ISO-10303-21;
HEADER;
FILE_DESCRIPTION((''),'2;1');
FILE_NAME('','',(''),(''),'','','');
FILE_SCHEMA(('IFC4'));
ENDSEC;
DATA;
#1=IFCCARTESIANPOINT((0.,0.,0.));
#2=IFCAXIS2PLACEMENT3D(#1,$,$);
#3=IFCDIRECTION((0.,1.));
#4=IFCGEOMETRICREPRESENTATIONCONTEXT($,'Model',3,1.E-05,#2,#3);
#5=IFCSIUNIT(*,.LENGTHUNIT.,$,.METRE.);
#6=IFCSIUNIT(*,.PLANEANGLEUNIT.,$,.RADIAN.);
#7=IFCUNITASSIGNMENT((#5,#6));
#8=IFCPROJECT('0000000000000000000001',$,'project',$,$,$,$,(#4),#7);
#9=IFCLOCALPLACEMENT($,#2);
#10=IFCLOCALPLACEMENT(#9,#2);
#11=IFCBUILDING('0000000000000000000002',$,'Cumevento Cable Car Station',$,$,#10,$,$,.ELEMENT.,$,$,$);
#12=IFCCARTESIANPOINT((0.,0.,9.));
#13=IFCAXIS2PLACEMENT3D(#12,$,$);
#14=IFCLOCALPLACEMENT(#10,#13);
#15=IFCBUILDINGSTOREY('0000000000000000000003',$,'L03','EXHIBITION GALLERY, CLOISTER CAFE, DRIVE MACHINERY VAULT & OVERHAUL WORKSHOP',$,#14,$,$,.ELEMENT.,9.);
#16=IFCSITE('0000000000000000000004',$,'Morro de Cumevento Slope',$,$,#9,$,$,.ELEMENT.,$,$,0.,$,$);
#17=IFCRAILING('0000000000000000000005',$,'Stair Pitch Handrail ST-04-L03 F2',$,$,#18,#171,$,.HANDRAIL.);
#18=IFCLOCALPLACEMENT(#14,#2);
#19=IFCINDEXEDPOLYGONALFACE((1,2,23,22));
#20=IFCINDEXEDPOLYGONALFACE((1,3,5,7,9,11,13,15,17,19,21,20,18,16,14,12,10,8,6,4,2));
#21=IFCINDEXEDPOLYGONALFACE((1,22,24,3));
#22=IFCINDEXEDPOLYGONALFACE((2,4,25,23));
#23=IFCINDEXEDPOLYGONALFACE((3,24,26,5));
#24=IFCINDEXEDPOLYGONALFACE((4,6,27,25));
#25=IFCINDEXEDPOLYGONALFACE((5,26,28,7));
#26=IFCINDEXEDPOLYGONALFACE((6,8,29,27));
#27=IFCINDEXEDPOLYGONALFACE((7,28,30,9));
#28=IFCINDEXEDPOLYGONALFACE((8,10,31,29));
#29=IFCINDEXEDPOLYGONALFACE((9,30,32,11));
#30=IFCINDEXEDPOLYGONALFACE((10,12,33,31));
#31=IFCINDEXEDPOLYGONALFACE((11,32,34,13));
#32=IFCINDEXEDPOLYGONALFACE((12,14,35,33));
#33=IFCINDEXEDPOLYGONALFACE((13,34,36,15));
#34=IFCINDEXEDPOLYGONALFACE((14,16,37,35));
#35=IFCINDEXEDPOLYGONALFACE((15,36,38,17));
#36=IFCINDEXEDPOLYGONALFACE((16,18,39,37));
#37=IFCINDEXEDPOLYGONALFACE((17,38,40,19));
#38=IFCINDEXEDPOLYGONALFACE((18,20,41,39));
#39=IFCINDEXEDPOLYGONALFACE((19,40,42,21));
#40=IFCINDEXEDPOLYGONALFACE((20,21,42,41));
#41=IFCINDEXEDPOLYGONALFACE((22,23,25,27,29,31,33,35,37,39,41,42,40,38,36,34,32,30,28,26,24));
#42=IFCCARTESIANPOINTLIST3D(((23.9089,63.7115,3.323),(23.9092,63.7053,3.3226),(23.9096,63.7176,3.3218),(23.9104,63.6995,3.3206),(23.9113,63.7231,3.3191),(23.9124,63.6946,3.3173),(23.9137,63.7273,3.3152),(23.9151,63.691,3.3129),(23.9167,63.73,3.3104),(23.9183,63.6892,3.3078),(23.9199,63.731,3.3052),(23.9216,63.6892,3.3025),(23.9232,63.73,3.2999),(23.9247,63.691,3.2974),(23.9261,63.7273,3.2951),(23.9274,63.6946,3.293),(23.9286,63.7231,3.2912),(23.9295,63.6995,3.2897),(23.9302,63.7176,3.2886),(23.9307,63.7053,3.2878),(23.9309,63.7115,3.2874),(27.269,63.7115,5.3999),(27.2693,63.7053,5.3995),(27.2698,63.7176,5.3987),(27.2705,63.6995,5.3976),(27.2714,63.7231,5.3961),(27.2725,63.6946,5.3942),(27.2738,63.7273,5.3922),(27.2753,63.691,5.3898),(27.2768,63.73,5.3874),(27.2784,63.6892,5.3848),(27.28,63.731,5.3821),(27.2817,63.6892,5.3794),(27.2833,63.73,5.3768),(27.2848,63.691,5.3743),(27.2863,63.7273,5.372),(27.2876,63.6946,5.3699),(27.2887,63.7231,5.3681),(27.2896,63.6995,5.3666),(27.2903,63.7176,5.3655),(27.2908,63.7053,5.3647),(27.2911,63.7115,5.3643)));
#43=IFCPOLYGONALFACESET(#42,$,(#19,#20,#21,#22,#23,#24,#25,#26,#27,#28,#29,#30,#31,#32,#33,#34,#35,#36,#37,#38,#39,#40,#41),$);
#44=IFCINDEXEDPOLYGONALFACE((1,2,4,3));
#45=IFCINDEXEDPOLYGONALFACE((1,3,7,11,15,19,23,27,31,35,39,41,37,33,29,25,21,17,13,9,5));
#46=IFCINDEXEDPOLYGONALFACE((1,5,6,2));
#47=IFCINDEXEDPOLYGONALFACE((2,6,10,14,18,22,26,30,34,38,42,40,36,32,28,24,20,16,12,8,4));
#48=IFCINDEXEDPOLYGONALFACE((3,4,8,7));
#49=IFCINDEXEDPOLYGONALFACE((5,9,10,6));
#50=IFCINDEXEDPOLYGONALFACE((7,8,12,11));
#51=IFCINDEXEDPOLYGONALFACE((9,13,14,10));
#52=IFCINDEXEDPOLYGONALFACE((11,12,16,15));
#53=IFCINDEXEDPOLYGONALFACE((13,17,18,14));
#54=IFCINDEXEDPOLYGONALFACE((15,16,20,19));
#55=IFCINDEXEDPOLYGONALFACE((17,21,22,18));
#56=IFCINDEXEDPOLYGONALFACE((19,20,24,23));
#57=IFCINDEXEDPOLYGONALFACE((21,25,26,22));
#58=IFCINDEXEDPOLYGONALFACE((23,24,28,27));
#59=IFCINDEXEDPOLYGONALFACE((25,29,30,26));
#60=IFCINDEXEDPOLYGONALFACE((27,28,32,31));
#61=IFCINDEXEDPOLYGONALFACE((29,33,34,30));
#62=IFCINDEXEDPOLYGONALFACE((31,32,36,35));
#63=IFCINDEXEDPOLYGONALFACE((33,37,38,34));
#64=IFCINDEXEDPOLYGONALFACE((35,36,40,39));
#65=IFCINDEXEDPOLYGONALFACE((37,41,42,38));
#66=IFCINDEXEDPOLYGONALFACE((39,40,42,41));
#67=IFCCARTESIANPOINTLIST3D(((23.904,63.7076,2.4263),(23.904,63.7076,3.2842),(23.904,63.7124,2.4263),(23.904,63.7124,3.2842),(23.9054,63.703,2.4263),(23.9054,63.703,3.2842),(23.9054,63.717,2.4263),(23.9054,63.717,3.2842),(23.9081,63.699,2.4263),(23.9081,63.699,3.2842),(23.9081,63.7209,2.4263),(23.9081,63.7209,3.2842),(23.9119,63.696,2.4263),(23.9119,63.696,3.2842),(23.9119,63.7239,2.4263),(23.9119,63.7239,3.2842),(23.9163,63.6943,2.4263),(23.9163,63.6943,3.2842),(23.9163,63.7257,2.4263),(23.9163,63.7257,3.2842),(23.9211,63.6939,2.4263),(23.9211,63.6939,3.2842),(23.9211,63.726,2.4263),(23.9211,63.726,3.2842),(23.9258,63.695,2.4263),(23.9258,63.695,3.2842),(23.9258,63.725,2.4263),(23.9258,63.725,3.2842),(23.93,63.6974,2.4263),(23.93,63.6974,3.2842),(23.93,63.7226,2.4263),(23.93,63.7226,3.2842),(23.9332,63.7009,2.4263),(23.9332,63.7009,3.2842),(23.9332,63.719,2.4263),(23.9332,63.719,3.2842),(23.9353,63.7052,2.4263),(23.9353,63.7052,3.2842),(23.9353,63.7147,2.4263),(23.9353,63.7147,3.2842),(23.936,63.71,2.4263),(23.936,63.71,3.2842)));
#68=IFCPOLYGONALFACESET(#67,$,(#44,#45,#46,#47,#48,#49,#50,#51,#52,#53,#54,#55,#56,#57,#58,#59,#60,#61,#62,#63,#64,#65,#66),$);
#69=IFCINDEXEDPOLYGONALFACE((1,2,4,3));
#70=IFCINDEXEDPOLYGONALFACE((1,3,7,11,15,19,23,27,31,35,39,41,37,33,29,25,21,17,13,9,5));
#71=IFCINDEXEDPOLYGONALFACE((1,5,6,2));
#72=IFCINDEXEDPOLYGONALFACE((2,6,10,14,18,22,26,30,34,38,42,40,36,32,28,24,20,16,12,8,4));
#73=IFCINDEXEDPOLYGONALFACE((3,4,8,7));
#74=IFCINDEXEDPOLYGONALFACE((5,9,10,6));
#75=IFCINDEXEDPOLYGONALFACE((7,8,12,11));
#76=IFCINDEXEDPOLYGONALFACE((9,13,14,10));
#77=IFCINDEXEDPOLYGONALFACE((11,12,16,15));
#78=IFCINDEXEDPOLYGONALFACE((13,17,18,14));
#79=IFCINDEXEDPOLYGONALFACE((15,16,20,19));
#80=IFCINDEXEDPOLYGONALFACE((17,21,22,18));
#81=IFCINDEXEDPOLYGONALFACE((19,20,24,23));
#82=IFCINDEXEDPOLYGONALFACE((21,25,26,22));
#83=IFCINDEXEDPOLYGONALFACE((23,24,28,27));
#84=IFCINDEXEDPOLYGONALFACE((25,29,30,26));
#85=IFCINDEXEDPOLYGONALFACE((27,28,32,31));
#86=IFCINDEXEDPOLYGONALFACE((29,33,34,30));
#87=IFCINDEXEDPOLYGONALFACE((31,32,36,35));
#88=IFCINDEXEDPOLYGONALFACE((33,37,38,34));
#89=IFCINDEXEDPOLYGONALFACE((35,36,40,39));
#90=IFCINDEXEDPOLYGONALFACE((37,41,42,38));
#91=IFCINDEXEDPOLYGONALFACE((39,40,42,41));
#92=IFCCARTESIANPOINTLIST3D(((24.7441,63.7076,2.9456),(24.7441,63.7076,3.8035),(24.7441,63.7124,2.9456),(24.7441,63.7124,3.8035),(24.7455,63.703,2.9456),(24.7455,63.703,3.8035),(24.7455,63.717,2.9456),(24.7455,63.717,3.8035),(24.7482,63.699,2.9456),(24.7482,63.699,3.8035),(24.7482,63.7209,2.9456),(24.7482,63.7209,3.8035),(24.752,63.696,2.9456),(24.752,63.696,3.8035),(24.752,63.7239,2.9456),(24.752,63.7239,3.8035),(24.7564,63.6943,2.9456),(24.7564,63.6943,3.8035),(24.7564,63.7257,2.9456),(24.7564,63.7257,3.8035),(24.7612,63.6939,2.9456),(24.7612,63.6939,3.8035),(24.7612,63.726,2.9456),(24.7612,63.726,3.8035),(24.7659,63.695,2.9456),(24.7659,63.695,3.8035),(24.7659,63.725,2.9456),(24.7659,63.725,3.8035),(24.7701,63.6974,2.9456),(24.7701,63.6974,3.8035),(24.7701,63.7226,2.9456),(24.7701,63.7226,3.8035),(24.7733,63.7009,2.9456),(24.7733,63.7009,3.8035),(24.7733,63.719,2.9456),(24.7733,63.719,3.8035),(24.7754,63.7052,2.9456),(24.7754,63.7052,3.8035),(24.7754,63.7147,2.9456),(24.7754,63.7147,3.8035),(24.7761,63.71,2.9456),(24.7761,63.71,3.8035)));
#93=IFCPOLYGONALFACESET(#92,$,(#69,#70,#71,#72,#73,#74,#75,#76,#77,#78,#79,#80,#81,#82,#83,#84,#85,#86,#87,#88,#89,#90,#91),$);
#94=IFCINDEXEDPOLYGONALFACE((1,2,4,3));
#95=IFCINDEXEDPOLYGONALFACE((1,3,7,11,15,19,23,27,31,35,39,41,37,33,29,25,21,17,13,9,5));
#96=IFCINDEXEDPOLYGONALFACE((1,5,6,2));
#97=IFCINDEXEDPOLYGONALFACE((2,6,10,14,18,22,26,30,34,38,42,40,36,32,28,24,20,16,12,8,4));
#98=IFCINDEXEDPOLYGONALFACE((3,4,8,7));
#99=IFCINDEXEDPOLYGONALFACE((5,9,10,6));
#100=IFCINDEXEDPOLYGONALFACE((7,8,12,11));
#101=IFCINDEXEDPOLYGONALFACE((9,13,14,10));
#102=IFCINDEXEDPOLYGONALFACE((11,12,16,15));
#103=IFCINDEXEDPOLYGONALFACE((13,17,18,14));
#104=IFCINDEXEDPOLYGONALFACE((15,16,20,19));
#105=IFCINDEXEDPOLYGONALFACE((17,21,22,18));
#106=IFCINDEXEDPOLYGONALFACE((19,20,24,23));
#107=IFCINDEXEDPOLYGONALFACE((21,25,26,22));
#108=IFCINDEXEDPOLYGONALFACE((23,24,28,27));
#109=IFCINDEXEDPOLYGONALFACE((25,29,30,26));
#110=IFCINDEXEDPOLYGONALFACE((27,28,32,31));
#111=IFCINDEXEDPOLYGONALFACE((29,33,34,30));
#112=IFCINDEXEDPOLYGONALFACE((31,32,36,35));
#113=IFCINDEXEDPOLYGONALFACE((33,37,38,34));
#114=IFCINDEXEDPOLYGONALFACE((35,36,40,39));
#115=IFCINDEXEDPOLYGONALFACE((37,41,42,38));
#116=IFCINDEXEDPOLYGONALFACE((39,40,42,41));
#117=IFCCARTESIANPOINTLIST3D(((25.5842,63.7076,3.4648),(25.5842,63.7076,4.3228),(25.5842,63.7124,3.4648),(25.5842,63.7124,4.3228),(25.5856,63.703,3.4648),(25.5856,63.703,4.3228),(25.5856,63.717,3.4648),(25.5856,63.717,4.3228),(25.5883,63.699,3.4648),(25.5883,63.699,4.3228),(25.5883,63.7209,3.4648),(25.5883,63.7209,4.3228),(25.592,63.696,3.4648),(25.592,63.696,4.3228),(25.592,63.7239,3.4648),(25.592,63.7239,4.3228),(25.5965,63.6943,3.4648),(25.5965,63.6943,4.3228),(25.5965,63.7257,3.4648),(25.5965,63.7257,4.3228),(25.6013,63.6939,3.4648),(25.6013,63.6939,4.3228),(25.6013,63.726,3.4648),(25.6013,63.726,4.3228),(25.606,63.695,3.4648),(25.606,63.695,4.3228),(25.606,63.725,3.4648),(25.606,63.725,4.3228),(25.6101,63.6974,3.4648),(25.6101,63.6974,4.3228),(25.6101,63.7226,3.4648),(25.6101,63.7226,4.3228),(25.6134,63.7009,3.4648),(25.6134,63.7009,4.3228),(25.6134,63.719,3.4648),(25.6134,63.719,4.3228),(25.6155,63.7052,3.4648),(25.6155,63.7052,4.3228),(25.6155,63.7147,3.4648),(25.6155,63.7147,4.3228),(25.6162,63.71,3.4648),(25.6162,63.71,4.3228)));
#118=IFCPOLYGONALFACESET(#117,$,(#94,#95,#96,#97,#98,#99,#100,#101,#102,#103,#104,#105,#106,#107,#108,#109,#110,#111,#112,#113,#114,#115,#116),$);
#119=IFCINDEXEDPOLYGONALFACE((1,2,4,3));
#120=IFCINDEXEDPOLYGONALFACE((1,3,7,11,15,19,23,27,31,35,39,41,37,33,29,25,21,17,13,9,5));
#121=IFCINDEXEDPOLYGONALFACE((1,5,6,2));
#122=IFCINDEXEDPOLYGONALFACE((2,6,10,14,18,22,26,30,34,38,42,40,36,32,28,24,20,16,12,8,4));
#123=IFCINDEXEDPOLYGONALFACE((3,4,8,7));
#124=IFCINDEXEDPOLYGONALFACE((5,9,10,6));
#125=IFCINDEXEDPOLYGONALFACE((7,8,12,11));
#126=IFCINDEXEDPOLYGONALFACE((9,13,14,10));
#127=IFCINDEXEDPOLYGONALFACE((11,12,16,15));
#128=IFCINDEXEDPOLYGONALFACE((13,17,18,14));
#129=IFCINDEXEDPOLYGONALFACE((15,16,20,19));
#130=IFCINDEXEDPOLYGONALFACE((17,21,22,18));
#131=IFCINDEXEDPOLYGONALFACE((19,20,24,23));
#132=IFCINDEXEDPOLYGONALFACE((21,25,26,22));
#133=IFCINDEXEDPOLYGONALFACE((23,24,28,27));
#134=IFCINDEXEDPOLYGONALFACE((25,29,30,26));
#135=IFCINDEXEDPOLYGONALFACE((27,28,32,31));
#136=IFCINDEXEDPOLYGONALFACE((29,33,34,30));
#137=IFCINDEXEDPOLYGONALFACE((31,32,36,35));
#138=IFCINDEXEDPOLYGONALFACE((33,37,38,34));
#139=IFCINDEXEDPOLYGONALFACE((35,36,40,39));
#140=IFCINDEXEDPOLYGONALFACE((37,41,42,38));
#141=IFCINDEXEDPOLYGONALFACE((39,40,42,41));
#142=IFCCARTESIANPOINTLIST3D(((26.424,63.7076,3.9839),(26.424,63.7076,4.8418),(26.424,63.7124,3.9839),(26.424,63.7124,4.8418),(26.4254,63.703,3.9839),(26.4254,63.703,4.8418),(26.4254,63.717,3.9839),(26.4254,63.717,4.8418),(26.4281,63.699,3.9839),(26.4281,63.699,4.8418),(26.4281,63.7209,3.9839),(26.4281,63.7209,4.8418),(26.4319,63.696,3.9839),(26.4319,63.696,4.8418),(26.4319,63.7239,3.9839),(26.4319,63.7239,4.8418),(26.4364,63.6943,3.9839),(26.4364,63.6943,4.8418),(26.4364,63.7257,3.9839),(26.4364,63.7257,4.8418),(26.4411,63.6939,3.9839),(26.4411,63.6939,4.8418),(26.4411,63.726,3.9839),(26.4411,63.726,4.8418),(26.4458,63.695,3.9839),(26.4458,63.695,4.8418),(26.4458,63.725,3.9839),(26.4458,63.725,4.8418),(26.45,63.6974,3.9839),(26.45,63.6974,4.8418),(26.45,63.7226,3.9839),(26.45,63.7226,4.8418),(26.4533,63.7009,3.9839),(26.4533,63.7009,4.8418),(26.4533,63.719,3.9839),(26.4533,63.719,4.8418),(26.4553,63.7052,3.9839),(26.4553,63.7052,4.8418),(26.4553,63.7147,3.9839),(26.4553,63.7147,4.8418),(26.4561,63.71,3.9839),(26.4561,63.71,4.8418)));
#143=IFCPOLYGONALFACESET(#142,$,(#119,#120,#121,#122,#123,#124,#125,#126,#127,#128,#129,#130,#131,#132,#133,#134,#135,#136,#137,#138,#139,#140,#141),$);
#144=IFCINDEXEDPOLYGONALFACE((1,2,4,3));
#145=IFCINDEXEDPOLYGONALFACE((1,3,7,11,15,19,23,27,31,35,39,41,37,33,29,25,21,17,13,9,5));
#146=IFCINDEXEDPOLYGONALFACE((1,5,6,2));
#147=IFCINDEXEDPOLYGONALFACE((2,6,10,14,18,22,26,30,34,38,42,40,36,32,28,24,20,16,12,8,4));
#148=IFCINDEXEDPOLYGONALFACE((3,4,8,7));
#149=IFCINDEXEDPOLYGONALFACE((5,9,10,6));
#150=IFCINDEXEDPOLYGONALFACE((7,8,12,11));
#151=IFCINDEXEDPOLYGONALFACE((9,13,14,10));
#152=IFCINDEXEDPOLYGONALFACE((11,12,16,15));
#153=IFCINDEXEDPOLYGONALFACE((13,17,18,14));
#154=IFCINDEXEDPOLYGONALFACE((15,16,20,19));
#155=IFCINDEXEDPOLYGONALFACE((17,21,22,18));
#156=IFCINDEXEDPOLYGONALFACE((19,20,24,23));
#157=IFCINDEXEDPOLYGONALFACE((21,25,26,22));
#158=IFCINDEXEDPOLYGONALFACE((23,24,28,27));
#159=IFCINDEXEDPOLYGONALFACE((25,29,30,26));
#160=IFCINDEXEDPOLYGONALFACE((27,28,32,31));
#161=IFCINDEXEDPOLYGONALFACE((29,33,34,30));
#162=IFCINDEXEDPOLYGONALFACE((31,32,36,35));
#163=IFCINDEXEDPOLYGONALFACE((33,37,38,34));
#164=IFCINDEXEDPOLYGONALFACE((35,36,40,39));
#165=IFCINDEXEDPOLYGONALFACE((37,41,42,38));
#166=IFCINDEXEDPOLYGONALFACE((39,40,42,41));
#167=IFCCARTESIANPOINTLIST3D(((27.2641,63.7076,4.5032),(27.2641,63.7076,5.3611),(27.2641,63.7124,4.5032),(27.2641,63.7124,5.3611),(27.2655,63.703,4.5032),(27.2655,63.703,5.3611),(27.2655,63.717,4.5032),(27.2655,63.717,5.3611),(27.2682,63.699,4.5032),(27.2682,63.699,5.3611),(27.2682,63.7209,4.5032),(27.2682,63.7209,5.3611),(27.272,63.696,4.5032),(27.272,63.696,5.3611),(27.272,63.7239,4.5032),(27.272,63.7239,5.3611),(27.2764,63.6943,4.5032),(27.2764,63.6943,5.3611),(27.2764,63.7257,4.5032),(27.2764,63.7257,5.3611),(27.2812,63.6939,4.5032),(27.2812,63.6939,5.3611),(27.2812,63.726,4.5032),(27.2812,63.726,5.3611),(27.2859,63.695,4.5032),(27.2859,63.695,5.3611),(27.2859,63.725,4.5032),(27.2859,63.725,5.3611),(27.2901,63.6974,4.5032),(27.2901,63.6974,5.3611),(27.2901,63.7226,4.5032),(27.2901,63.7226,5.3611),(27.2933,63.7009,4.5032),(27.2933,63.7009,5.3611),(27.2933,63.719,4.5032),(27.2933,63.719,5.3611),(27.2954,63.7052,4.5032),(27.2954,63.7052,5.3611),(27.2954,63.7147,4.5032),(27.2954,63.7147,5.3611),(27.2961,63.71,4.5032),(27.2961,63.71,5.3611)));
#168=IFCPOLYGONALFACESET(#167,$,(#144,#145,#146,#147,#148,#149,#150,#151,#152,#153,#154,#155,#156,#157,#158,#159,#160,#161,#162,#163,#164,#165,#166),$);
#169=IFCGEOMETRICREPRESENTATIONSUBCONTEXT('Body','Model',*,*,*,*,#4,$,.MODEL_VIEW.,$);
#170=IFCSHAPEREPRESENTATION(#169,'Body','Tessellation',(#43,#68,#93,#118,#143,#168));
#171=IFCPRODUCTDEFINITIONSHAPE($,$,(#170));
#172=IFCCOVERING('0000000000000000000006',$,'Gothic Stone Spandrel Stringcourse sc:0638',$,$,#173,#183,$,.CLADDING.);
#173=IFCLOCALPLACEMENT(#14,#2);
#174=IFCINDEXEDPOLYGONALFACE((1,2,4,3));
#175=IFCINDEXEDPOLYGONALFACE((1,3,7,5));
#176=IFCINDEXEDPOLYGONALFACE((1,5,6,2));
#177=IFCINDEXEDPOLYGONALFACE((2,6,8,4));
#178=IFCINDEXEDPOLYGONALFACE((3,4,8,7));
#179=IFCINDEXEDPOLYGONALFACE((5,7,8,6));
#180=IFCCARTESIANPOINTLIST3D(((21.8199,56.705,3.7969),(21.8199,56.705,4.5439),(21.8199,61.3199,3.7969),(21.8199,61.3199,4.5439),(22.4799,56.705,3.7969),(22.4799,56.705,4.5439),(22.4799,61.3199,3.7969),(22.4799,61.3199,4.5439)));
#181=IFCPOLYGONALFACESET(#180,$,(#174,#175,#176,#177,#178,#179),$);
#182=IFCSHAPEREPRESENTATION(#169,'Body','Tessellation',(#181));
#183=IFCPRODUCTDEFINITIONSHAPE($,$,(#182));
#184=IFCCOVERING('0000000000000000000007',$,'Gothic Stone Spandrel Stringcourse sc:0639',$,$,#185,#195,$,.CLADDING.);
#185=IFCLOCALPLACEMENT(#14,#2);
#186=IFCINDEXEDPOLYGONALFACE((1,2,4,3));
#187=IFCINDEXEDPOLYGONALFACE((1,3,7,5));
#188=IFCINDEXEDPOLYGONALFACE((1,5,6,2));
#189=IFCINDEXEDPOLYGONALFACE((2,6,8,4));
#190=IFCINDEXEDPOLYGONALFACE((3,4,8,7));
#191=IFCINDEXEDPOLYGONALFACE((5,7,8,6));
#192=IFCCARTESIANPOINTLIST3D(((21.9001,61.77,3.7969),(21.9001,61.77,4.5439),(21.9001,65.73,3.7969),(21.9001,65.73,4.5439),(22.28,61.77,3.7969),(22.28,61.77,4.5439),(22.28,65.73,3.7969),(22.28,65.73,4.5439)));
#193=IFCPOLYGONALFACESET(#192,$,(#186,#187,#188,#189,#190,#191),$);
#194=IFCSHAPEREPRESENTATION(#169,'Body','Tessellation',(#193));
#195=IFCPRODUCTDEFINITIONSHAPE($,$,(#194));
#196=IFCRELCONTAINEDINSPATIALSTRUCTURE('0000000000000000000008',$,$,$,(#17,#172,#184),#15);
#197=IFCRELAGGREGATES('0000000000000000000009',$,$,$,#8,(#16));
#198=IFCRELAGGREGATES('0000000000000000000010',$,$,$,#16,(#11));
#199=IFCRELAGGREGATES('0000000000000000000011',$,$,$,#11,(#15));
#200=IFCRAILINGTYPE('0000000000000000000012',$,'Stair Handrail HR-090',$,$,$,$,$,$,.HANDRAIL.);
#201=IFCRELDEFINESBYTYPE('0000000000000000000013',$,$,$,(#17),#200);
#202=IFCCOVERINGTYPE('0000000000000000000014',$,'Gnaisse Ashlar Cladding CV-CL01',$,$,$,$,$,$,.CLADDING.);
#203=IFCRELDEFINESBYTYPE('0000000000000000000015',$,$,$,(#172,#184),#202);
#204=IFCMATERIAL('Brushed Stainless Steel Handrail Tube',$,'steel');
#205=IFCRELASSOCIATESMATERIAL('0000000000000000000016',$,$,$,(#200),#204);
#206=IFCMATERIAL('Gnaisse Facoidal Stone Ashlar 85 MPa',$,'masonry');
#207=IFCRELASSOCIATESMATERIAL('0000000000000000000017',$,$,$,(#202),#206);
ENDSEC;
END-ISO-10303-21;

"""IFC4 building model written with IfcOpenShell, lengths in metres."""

from ifc_helpers import new_model, si_unit, direction, frame, origin, origin_2d, place, context, subcontext, project, spatial, rectangle, circle, extrude, material, type_object, element, save


model = new_model("IFC4")

# Units and contexts
model_context = context("Model", 3, precision=1e-05, world=origin(), true_north=direction((0.0, 1.0)))
body_context = subcontext(model_context, "Body", "Model", "MODEL_VIEW")
ifc_project = project(units=[si_unit("LENGTHUNIT", "METRE"), si_unit("PLANEANGLEUNIT", "RADIAN")], contexts=[model_context])

# Site, building, storey
site_placement = place(None, origin())
site = spatial("IfcSite", under=ifc_project, at=site_placement, Name="Morro de Cumevento Slope", CompositionType="ELEMENT", RefElevation=0.0)
building_placement = place(site_placement, origin())
building = spatial("IfcBuilding", under=site, at=building_placement, Name="Cumevento Cable Car Station", CompositionType="ELEMENT")
storey_placement = place(building_placement, frame((0.0, 0.0, 9.0)))
storey = spatial("IfcBuildingStorey", under=building, at=storey_placement, Name="L03", Description="EXHIBITION GALLERY, CLOISTER CAFE, DRIVE MACHINERY VAULT & OVERHAUL WORKSHOP", CompositionType="ELEMENT", Elevation=9.0)

# Railing
ifc_material_1 = material(Name="Brushed Stainless Steel Handrail Tube", Category="steel")
railing_type_1 = type_object("IfcRailingType", Name="Stair Handrail HR-090", PredefinedType="HANDRAIL", material=ifc_material_1)
railing_1_placement = place(storey_placement, frame((23.9199, 63.71, 2.4263)))
element("IfcRailing", 1, at=railing_1_placement, inside=storey, type_object=railing_type_1, Name="Stair Pitch Handrail ST-04-L03 F2", PredefinedType="HANDRAIL", context=body_context, shape_type="SweptSolid", body=[
    extrude(circle(Radius=0.021, at=origin_2d()), frame((0.0, 0.0, 0.8789), z_axis=(0.850623, 0.0, 0.525776), x_axis=(0.0, 1.0, 0.0)), (0.0, 0.0, 1.0), 3.9502),
    extrude(circle(Radius=0.0161, at=origin_2d()), origin(), (0.0, 0.0, 1.0), 0.8579),
    extrude(circle(Radius=0.0161, at=origin_2d()), frame((0.8401, 0.0, 0.5193)), (0.0, 0.0, 1.0), 0.8579),
    extrude(circle(Radius=0.0161, at=origin_2d()), frame((1.6802, 0.0, 1.0386)), (0.0, 0.0, 1.0), 0.8579),
    extrude(circle(Radius=0.0161, at=origin_2d()), frame((2.52, 0.0, 1.5576)), (0.0, 0.0, 1.0), 0.8579),
    extrude(circle(Radius=0.0161, at=origin_2d()), frame((3.3601, 0.0, 2.0769)), (0.0, 0.0, 1.0), 0.8579),
])

# Coverings
ifc_material_2 = material(Name="Gnaisse Facoidal Stone Ashlar 85 MPa", Category="masonry")
covering_type = type_object("IfcCoveringType", Name="Gnaisse Ashlar Cladding CV-CL01", PredefinedType="CLADDING", material=ifc_material_2)
covering_1_placement = place(storey_placement, frame((22.1499, 59.0125, 3.7969), z_axis=(0.0, 0.0, 1.0), x_axis=(0.0, 1.0, 0.0)))
element("IfcCovering", 2, at=covering_1_placement, inside=storey, type_object=covering_type, Name="Gothic Stone Spandrel Stringcourse sc:0638", PredefinedType="CLADDING", context=body_context, shape_type="SweptSolid", body=[
    extrude(rectangle(XDim=4.615, YDim=0.6599, at=origin_2d()), origin(), (0.0, 0.0, 1.0), 0.7471),
])
covering_2_placement = place(storey_placement, frame((22.0901, 63.75, 3.7969), z_axis=(0.0, 0.0, 1.0), x_axis=(0.0, 1.0, 0.0)))
element("IfcCovering", 3, at=covering_2_placement, inside=storey, type_object=covering_type, Name="Gothic Stone Spandrel Stringcourse sc:0639", PredefinedType="CLADDING", context=body_context, shape_type="SweptSolid", body=[
    extrude(rectangle(XDim=3.96, YDim=0.3799, at=origin_2d()), origin(), (0.0, 0.0, 1.0), 0.7471),
])

save(model, "model.ifc")
